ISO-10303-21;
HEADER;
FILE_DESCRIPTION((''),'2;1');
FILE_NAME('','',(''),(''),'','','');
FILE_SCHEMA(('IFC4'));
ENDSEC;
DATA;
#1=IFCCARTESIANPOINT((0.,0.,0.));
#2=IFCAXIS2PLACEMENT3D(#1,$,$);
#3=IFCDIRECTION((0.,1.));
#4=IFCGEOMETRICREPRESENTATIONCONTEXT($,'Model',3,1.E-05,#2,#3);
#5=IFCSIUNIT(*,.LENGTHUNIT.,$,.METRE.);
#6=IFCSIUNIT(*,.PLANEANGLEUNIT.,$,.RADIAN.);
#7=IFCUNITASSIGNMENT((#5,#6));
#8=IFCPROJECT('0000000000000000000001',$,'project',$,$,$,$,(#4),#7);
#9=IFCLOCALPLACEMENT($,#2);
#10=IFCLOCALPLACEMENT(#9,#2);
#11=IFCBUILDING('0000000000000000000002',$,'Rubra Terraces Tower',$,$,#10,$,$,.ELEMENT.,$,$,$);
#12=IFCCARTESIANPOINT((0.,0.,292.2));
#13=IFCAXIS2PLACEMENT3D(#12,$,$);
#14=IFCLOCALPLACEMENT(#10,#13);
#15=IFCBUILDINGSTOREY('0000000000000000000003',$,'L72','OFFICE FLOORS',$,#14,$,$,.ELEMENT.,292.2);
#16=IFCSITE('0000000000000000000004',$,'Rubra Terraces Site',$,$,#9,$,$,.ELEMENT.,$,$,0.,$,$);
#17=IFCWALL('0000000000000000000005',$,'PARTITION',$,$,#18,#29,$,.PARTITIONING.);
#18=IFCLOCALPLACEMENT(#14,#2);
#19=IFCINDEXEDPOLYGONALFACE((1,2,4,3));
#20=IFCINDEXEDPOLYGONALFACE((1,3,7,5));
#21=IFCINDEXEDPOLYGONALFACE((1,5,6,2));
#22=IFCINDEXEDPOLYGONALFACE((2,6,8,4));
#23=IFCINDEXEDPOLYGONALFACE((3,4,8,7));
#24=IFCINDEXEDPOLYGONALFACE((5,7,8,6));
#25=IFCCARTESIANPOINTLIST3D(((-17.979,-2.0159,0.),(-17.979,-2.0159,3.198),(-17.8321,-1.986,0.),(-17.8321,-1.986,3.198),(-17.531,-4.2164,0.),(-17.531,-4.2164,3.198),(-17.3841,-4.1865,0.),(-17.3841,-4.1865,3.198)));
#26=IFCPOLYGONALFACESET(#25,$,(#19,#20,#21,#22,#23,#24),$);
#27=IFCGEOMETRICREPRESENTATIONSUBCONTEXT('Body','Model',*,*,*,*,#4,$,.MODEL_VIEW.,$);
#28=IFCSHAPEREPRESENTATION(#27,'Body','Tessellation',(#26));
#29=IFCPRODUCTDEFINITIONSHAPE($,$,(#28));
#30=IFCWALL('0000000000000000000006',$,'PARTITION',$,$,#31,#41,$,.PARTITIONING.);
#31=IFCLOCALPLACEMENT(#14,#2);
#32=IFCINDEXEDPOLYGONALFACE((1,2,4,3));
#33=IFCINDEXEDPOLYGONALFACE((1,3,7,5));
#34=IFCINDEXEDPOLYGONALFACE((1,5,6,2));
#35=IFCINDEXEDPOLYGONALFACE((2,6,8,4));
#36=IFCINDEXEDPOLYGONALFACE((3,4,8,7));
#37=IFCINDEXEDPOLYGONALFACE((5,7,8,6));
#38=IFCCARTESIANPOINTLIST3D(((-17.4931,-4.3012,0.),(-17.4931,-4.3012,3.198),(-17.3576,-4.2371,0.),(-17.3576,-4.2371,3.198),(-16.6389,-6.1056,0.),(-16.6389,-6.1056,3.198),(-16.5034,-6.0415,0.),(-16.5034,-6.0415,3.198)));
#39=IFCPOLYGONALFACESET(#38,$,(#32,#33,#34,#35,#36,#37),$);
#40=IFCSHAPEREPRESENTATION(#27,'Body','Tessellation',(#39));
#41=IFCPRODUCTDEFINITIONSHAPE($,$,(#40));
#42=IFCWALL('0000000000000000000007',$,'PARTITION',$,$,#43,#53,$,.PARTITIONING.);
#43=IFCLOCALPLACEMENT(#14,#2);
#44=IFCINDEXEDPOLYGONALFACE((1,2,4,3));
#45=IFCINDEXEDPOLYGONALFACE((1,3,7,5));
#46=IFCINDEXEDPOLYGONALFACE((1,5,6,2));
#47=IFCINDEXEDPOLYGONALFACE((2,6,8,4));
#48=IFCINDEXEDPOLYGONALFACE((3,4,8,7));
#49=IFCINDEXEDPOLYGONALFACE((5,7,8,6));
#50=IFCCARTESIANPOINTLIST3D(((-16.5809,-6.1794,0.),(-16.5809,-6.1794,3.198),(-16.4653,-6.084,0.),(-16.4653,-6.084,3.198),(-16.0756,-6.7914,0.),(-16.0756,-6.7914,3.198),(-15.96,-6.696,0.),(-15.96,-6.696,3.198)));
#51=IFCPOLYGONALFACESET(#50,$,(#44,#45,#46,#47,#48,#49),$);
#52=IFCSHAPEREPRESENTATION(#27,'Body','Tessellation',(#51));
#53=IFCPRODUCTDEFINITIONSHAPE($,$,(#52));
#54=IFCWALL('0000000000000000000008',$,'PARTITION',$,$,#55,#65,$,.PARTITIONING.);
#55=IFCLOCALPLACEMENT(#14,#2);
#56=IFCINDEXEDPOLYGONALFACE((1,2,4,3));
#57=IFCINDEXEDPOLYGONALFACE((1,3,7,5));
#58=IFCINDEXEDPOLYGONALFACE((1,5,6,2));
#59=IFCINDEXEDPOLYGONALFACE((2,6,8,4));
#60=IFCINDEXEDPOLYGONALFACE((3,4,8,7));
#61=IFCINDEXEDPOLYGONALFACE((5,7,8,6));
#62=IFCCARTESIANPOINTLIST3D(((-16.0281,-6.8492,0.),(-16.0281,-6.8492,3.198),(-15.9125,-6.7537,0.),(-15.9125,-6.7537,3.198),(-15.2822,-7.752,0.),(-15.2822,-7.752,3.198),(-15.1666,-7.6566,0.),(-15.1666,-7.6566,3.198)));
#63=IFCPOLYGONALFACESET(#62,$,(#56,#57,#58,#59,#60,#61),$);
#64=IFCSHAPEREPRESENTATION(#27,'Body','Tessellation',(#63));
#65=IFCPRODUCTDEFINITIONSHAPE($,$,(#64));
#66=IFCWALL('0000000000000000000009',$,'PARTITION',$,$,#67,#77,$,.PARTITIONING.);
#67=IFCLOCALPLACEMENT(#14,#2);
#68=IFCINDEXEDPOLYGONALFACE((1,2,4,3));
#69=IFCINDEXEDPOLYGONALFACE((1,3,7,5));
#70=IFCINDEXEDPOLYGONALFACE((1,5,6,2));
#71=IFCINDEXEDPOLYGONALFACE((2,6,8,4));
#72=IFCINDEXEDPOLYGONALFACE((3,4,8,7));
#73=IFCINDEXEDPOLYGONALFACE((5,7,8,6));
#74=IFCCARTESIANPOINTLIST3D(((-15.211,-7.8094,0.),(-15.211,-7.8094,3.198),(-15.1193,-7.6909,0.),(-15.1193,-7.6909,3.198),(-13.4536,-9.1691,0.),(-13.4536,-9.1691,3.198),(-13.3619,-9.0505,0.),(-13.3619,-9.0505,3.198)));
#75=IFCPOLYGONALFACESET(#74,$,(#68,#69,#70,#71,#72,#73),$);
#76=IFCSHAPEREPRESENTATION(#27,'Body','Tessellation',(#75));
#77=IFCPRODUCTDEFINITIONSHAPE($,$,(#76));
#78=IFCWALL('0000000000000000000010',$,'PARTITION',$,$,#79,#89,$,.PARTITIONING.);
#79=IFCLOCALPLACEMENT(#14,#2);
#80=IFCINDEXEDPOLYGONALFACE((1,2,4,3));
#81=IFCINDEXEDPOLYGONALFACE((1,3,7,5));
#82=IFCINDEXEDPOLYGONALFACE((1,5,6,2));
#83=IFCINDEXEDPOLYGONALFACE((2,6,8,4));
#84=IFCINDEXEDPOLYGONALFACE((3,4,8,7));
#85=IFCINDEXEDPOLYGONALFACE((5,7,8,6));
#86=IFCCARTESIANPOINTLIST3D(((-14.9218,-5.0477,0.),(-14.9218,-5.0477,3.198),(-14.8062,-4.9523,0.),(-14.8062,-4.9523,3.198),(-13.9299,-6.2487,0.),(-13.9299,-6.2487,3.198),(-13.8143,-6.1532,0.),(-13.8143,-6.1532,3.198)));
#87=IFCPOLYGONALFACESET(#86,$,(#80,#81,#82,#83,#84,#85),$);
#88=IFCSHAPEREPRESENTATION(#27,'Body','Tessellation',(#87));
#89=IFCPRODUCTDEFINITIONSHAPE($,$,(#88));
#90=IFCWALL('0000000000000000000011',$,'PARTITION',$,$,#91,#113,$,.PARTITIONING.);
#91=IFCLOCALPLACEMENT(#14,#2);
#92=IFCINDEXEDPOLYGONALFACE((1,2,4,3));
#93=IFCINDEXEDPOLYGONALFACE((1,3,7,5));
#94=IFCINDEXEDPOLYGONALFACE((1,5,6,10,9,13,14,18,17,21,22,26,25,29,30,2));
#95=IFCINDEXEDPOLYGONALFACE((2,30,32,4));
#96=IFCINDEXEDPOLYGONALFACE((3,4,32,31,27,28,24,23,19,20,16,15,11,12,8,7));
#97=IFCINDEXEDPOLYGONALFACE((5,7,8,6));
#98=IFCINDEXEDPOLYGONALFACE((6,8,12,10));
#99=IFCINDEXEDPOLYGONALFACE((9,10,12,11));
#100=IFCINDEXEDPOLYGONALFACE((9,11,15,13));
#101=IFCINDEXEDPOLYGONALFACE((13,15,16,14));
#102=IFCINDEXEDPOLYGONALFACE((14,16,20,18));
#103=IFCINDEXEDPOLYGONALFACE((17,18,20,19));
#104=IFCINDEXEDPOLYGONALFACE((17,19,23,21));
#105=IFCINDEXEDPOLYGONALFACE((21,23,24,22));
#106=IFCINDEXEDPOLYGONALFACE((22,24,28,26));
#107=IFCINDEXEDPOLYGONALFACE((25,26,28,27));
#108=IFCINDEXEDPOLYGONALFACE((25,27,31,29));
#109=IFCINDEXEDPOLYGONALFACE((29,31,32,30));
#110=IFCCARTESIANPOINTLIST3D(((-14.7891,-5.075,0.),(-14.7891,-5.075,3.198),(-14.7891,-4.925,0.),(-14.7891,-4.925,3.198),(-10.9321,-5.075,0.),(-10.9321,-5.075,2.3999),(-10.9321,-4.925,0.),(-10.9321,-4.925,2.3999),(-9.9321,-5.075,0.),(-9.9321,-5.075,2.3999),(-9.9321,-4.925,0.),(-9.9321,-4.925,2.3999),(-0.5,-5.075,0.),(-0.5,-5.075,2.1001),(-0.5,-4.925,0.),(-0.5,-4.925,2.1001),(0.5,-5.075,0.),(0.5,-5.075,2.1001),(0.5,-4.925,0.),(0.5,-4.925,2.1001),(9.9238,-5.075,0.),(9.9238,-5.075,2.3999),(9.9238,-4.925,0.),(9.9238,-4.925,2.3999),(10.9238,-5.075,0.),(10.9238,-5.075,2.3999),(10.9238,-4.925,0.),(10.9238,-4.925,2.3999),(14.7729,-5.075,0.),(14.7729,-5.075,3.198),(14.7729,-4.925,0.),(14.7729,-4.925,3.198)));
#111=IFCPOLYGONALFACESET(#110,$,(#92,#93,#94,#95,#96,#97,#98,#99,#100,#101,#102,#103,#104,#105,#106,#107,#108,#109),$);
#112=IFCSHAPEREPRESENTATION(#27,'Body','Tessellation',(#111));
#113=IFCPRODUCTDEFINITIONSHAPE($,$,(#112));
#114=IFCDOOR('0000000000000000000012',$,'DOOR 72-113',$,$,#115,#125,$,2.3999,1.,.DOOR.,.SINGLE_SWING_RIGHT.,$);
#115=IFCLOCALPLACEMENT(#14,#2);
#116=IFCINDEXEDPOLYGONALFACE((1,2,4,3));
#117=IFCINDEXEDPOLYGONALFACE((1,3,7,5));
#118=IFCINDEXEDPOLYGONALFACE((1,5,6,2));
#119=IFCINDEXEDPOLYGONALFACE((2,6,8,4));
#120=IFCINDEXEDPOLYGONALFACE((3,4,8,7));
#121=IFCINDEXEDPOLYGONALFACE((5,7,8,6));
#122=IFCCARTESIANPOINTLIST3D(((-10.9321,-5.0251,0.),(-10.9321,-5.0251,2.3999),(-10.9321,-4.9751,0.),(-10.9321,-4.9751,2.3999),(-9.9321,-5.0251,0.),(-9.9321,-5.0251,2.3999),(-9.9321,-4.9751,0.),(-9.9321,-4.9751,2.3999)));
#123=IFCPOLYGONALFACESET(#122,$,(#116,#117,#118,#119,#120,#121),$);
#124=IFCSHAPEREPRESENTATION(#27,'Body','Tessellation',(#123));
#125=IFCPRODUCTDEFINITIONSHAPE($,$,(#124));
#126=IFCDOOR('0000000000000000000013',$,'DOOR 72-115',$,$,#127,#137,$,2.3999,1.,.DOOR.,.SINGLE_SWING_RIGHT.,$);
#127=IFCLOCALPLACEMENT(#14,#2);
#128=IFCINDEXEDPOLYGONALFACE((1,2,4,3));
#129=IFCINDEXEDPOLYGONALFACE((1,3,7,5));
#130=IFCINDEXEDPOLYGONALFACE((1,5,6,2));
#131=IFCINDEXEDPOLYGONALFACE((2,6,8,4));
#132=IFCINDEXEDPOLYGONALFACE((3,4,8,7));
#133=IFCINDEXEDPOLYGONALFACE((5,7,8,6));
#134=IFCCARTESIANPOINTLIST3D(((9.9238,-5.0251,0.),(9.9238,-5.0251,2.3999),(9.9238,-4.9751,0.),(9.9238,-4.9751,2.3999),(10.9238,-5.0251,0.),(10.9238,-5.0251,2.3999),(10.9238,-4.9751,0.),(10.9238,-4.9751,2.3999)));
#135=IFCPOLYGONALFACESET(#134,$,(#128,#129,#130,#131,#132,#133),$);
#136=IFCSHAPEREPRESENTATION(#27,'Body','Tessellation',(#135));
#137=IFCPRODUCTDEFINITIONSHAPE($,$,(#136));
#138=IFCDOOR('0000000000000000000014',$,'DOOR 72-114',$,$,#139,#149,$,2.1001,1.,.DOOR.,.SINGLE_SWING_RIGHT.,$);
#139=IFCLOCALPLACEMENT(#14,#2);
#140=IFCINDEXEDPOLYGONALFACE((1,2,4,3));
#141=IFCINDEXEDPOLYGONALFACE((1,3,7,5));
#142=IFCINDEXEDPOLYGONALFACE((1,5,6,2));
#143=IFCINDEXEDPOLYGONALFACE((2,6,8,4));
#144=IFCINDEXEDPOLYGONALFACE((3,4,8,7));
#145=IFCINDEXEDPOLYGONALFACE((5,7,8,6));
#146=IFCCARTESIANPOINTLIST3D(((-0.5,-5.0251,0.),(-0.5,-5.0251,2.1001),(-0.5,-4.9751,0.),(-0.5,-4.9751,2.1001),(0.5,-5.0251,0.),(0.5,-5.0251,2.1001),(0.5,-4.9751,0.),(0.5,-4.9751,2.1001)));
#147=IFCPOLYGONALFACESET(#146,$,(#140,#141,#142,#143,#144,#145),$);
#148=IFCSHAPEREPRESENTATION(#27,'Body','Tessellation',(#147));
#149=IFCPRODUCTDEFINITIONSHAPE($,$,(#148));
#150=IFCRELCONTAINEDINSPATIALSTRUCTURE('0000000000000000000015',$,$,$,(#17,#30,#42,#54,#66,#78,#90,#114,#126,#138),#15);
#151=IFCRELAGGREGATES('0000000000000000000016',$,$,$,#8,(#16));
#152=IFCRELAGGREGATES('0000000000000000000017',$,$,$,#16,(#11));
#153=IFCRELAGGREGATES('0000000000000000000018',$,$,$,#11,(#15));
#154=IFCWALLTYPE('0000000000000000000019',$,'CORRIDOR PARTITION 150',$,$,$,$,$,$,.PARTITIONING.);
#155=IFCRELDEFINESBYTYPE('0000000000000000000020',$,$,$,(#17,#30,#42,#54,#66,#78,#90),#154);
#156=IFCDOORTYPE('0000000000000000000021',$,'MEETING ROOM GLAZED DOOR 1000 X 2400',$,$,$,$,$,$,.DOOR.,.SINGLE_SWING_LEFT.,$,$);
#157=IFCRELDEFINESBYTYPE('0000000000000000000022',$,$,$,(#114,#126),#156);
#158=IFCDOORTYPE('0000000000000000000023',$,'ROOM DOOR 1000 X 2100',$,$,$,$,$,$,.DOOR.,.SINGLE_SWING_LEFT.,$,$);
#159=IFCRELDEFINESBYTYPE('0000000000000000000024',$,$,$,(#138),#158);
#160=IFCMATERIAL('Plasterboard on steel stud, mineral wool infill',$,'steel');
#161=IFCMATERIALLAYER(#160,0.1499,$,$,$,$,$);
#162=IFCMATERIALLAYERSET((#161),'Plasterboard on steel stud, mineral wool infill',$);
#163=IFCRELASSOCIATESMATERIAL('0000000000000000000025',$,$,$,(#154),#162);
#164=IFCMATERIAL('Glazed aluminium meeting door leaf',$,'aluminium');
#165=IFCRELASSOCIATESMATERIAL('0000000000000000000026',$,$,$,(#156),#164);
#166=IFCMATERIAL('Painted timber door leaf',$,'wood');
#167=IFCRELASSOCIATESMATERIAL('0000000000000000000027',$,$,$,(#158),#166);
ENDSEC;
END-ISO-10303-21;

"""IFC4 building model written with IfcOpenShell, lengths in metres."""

from ifc_helpers import new_model, si_unit, direction, frame, frame_2d, origin, place, context, subcontext, project, spatial, rectangle, extrude, material, layer, layer_set, type_object, element, fill, save


model = new_model("IFC4")

# Units and contexts
model_context = context("Model", 3, precision=1e-05, world=origin(), true_north=direction((0.0, 1.0)))
body_context = subcontext(model_context, "Body", "Model", "MODEL_VIEW")
ifc_project = project(units=[si_unit("LENGTHUNIT", "METRE"), si_unit("PLANEANGLEUNIT", "RADIAN")], contexts=[model_context])

# Site, building, storey
site_placement = place(None, origin())
site = spatial("IfcSite", under=ifc_project, at=site_placement, Name="Rubra Terraces Site", CompositionType="ELEMENT", RefElevation=0.0)
building_placement = place(site_placement, origin())
building = spatial("IfcBuilding", under=site, at=building_placement, Name="Rubra Terraces Tower", CompositionType="ELEMENT")
storey_placement = place(building_placement, frame((0.0, 0.0, 292.2)))
storey = spatial("IfcBuildingStorey", under=building, at=storey_placement, Name="L72", Description="OFFICE FLOORS", CompositionType="ELEMENT", Elevation=292.2)

# Walls
ifc_material_1 = material(Name="Plasterboard on steel stud, mineral wool infill", Category="steel")
ifc_layer_1 = layer(ifc_material_1, 0.1499)
ifc_layer_set_1 = layer_set([ifc_layer_1], Name="Plasterboard on steel stud, mineral wool infill")
wall_type_1 = type_object("IfcWallType", Name="CORRIDOR PARTITION 150", PredefinedType="PARTITIONING", material=ifc_layer_set_1)
wall_1_placement = place(storey_placement, frame((-17.9055, -2.001, 0.0), z_axis=(0.0, 0.0, 1.0), x_axis=(0.199502, -0.979897, 0.0)))
element("IfcWall", 1, at=wall_1_placement, inside=storey, type_object=wall_type_1, Name="PARTITION", PredefinedType="PARTITIONING", context=body_context, shape_type="SweptSolid", body=[
    extrude(rectangle(XDim=2.2456, YDim=0.1499, at=frame_2d((1.1228, 0.0))), origin(), (0.0, 0.0, 1.0), 3.198),
])
wall_2_placement = place(storey_placement, frame((-17.4253, -4.2693, 0.0), z_axis=(0.0, 0.0, 1.0), x_axis=(0.427887, -0.903832, 0.0)))
element("IfcWall", 2, at=wall_2_placement, inside=storey, type_object=wall_type_1, Name="PARTITION", PredefinedType="PARTITIONING", context=body_context, shape_type="SweptSolid", body=[
    extrude(rectangle(XDim=1.9963, YDim=0.1499, at=frame_2d((0.998, 0.0))), origin(), (0.0, 0.0, 1.0), 3.198),
])
wall_3_placement = place(storey_placement, frame((-16.5232, -6.1316, 0.0), z_axis=(0.0, 0.0, 1.0), x_axis=(0.636699, -0.771113, 0.0)))
element("IfcWall", 3, at=wall_3_placement, inside=storey, type_object=wall_type_1, Name="PARTITION", PredefinedType="PARTITIONING", context=body_context, shape_type="SweptSolid", body=[
    extrude(rectangle(XDim=0.7937, YDim=0.1499, at=frame_2d((0.397, 0.0))), origin(), (0.0, 0.0, 1.0), 3.198),
])
wall_4_placement = place(storey_placement, frame((-15.9702, -6.8015, 0.0), z_axis=(0.0, 0.0, 1.0), x_axis=(0.636898, -0.770948, 0.0)))
element("IfcWall", 4, at=wall_4_placement, inside=storey, type_object=wall_type_1, Name="PARTITION", PredefinedType="PARTITIONING", context=body_context, shape_type="SweptSolid", body=[
    extrude(rectangle(XDim=1.1711, YDim=0.1499, at=frame_2d((0.5854, 0.0))), origin(), (0.0, 0.0, 1.0), 3.198),
])
wall_5_placement = place(storey_placement, frame((-15.165, -7.7502, 0.0), z_axis=(0.0, 0.0, 1.0), x_axis=(0.790918, -0.611923, 0.0)))
element("IfcWall", 5, at=wall_5_placement, inside=storey, type_object=wall_type_1, Name="PARTITION", PredefinedType="PARTITIONING", context=body_context, shape_type="SweptSolid", body=[
    extrude(rectangle(XDim=2.2219, YDim=0.1499, at=frame_2d((1.1108, 0.0))), origin(), (0.0, 0.0, 1.0), 3.198),
])
wall_6_placement = place(storey_placement, frame((-13.8721, -6.2009, 0.0), z_axis=(0.0, 0.0, 1.0), x_axis=(-0.636833, 0.771002, 0.0)))
element("IfcWall", 6, at=wall_6_placement, inside=storey, type_object=wall_type_1, Name="PARTITION", PredefinedType="PARTITIONING", context=body_context, shape_type="SweptSolid", body=[
    extrude(rectangle(XDim=1.5576, YDim=0.1499, at=frame_2d((0.7788, 0.0))), origin(), (0.0, 0.0, 1.0), 3.198),
])

# Wall, openings, doors
wall_7_placement = place(storey_placement, frame((-14.7891, -5.0, 0.0), z_axis=(0.0, 0.0, 1.0), x_axis=(1.0, 0.0, 0.0)))
wall_7 = element("IfcWall", 7, at=wall_7_placement, inside=storey, type_object=wall_type_1, Name="PARTITION", PredefinedType="PARTITIONING", context=body_context, shape_type="SweptSolid", body=[
    extrude(rectangle(XDim=29.562, YDim=0.1499, at=frame_2d((14.781, 0.0))), origin(), (0.0, 0.0, 1.0), 3.198),
])
opening_1_placement = place(wall_7_placement, frame((3.8569, 0.0, 0.0)))
opening_1 = element("IfcOpeningElement", 8, at=opening_1_placement, cuts=wall_7, PredefinedType="OPENING", context=body_context, shape_type="SweptSolid", body=[
    extrude(rectangle(XDim=1.0, YDim=2.3999, at=frame_2d((0.5, 1.2))), frame((0.0, 0.085, 0.0), z_axis=(0.0, -1.0, 0.0), x_axis=(1.0, 0.0, 0.0)), (0.0, 0.0, 1.0), 0.1699),
])
opening_2_placement = place(wall_7_placement, frame((14.2891, 0.0, 0.0)))
opening_2 = element("IfcOpeningElement", 9, at=opening_2_placement, cuts=wall_7, PredefinedType="OPENING", context=body_context, shape_type="SweptSolid", body=[
    extrude(rectangle(XDim=1.0, YDim=2.1001, at=frame_2d((0.5, 1.05))), frame((0.0, 0.085, 0.0), z_axis=(0.0, -1.0, 0.0), x_axis=(1.0, 0.0, 0.0)), (0.0, 0.0, 1.0), 0.1699),
])
opening_3_placement = place(wall_7_placement, frame((24.7129, 0.0, 0.0)))
opening_3 = element("IfcOpeningElement", 10, at=opening_3_placement, cuts=wall_7, PredefinedType="OPENING", context=body_context, shape_type="SweptSolid", body=[
    extrude(rectangle(XDim=1.0, YDim=2.3999, at=frame_2d((0.5, 1.2))), frame((0.0, 0.085, 0.0), z_axis=(0.0, -1.0, 0.0), x_axis=(1.0, 0.0, 0.0)), (0.0, 0.0, 1.0), 0.1699),
])
ifc_material_2 = material(Name="Glazed aluminium meeting door leaf", Category="aluminium")
door_type_1 = type_object("IfcDoorType", Name="MEETING ROOM GLAZED DOOR 1000 X 2400", OperationType="SINGLE_SWING_LEFT", PredefinedType="DOOR", material=ifc_material_2)
door_1_placement = place(opening_1_placement, origin())
door_1 = element("IfcDoor", 11, at=door_1_placement, inside=storey, type_object=door_type_1, Name="DOOR 72-113", OperationType="SINGLE_SWING_RIGHT", OverallHeight=2.3999, OverallWidth=1.0, PredefinedType="DOOR", context=body_context, shape_type="SweptSolid", body=[
    extrude(rectangle(XDim=1.0, YDim=2.3999, at=frame_2d((0.5, 1.2))), frame((0.0, 0.0249, 0.0), z_axis=(0.0, -1.0, 0.0), x_axis=(1.0, 0.0, 0.0)), (0.0, 0.0, 1.0), 0.05),
])
fill(opening_1, door_1)
door_2_placement = place(opening_3_placement, origin())
door_2 = element("IfcDoor", 12, at=door_2_placement, inside=storey, type_object=door_type_1, Name="DOOR 72-115", OperationType="SINGLE_SWING_RIGHT", OverallHeight=2.3999, OverallWidth=1.0, PredefinedType="DOOR", context=body_context, shape_type="SweptSolid", body=[
    extrude(rectangle(XDim=1.0, YDim=2.3999, at=frame_2d((0.5, 1.2))), frame((0.0, 0.0249, 0.0), z_axis=(0.0, -1.0, 0.0), x_axis=(1.0, 0.0, 0.0)), (0.0, 0.0, 1.0), 0.05),
])
fill(opening_3, door_2)
ifc_material_3 = material(Name="Painted timber door leaf", Category="wood")
door_type_2 = type_object("IfcDoorType", Name="ROOM DOOR 1000 X 2100", OperationType="SINGLE_SWING_LEFT", PredefinedType="DOOR", material=ifc_material_3)
door_3_placement = place(opening_2_placement, origin())
door_3 = element("IfcDoor", 13, at=door_3_placement, inside=storey, type_object=door_type_2, Name="DOOR 72-114", OperationType="SINGLE_SWING_RIGHT", OverallHeight=2.1001, OverallWidth=1.0, PredefinedType="DOOR", context=body_context, shape_type="SweptSolid", body=[
    extrude(rectangle(XDim=1.0, YDim=2.1001, at=frame_2d((0.5, 1.05))), frame((0.0, 0.0249, 0.0), z_axis=(0.0, -1.0, 0.0), x_axis=(1.0, 0.0, 0.0)), (0.0, 0.0, 1.0), 0.05),
])
fill(opening_2, door_3)

save(model, "model.ifc")
